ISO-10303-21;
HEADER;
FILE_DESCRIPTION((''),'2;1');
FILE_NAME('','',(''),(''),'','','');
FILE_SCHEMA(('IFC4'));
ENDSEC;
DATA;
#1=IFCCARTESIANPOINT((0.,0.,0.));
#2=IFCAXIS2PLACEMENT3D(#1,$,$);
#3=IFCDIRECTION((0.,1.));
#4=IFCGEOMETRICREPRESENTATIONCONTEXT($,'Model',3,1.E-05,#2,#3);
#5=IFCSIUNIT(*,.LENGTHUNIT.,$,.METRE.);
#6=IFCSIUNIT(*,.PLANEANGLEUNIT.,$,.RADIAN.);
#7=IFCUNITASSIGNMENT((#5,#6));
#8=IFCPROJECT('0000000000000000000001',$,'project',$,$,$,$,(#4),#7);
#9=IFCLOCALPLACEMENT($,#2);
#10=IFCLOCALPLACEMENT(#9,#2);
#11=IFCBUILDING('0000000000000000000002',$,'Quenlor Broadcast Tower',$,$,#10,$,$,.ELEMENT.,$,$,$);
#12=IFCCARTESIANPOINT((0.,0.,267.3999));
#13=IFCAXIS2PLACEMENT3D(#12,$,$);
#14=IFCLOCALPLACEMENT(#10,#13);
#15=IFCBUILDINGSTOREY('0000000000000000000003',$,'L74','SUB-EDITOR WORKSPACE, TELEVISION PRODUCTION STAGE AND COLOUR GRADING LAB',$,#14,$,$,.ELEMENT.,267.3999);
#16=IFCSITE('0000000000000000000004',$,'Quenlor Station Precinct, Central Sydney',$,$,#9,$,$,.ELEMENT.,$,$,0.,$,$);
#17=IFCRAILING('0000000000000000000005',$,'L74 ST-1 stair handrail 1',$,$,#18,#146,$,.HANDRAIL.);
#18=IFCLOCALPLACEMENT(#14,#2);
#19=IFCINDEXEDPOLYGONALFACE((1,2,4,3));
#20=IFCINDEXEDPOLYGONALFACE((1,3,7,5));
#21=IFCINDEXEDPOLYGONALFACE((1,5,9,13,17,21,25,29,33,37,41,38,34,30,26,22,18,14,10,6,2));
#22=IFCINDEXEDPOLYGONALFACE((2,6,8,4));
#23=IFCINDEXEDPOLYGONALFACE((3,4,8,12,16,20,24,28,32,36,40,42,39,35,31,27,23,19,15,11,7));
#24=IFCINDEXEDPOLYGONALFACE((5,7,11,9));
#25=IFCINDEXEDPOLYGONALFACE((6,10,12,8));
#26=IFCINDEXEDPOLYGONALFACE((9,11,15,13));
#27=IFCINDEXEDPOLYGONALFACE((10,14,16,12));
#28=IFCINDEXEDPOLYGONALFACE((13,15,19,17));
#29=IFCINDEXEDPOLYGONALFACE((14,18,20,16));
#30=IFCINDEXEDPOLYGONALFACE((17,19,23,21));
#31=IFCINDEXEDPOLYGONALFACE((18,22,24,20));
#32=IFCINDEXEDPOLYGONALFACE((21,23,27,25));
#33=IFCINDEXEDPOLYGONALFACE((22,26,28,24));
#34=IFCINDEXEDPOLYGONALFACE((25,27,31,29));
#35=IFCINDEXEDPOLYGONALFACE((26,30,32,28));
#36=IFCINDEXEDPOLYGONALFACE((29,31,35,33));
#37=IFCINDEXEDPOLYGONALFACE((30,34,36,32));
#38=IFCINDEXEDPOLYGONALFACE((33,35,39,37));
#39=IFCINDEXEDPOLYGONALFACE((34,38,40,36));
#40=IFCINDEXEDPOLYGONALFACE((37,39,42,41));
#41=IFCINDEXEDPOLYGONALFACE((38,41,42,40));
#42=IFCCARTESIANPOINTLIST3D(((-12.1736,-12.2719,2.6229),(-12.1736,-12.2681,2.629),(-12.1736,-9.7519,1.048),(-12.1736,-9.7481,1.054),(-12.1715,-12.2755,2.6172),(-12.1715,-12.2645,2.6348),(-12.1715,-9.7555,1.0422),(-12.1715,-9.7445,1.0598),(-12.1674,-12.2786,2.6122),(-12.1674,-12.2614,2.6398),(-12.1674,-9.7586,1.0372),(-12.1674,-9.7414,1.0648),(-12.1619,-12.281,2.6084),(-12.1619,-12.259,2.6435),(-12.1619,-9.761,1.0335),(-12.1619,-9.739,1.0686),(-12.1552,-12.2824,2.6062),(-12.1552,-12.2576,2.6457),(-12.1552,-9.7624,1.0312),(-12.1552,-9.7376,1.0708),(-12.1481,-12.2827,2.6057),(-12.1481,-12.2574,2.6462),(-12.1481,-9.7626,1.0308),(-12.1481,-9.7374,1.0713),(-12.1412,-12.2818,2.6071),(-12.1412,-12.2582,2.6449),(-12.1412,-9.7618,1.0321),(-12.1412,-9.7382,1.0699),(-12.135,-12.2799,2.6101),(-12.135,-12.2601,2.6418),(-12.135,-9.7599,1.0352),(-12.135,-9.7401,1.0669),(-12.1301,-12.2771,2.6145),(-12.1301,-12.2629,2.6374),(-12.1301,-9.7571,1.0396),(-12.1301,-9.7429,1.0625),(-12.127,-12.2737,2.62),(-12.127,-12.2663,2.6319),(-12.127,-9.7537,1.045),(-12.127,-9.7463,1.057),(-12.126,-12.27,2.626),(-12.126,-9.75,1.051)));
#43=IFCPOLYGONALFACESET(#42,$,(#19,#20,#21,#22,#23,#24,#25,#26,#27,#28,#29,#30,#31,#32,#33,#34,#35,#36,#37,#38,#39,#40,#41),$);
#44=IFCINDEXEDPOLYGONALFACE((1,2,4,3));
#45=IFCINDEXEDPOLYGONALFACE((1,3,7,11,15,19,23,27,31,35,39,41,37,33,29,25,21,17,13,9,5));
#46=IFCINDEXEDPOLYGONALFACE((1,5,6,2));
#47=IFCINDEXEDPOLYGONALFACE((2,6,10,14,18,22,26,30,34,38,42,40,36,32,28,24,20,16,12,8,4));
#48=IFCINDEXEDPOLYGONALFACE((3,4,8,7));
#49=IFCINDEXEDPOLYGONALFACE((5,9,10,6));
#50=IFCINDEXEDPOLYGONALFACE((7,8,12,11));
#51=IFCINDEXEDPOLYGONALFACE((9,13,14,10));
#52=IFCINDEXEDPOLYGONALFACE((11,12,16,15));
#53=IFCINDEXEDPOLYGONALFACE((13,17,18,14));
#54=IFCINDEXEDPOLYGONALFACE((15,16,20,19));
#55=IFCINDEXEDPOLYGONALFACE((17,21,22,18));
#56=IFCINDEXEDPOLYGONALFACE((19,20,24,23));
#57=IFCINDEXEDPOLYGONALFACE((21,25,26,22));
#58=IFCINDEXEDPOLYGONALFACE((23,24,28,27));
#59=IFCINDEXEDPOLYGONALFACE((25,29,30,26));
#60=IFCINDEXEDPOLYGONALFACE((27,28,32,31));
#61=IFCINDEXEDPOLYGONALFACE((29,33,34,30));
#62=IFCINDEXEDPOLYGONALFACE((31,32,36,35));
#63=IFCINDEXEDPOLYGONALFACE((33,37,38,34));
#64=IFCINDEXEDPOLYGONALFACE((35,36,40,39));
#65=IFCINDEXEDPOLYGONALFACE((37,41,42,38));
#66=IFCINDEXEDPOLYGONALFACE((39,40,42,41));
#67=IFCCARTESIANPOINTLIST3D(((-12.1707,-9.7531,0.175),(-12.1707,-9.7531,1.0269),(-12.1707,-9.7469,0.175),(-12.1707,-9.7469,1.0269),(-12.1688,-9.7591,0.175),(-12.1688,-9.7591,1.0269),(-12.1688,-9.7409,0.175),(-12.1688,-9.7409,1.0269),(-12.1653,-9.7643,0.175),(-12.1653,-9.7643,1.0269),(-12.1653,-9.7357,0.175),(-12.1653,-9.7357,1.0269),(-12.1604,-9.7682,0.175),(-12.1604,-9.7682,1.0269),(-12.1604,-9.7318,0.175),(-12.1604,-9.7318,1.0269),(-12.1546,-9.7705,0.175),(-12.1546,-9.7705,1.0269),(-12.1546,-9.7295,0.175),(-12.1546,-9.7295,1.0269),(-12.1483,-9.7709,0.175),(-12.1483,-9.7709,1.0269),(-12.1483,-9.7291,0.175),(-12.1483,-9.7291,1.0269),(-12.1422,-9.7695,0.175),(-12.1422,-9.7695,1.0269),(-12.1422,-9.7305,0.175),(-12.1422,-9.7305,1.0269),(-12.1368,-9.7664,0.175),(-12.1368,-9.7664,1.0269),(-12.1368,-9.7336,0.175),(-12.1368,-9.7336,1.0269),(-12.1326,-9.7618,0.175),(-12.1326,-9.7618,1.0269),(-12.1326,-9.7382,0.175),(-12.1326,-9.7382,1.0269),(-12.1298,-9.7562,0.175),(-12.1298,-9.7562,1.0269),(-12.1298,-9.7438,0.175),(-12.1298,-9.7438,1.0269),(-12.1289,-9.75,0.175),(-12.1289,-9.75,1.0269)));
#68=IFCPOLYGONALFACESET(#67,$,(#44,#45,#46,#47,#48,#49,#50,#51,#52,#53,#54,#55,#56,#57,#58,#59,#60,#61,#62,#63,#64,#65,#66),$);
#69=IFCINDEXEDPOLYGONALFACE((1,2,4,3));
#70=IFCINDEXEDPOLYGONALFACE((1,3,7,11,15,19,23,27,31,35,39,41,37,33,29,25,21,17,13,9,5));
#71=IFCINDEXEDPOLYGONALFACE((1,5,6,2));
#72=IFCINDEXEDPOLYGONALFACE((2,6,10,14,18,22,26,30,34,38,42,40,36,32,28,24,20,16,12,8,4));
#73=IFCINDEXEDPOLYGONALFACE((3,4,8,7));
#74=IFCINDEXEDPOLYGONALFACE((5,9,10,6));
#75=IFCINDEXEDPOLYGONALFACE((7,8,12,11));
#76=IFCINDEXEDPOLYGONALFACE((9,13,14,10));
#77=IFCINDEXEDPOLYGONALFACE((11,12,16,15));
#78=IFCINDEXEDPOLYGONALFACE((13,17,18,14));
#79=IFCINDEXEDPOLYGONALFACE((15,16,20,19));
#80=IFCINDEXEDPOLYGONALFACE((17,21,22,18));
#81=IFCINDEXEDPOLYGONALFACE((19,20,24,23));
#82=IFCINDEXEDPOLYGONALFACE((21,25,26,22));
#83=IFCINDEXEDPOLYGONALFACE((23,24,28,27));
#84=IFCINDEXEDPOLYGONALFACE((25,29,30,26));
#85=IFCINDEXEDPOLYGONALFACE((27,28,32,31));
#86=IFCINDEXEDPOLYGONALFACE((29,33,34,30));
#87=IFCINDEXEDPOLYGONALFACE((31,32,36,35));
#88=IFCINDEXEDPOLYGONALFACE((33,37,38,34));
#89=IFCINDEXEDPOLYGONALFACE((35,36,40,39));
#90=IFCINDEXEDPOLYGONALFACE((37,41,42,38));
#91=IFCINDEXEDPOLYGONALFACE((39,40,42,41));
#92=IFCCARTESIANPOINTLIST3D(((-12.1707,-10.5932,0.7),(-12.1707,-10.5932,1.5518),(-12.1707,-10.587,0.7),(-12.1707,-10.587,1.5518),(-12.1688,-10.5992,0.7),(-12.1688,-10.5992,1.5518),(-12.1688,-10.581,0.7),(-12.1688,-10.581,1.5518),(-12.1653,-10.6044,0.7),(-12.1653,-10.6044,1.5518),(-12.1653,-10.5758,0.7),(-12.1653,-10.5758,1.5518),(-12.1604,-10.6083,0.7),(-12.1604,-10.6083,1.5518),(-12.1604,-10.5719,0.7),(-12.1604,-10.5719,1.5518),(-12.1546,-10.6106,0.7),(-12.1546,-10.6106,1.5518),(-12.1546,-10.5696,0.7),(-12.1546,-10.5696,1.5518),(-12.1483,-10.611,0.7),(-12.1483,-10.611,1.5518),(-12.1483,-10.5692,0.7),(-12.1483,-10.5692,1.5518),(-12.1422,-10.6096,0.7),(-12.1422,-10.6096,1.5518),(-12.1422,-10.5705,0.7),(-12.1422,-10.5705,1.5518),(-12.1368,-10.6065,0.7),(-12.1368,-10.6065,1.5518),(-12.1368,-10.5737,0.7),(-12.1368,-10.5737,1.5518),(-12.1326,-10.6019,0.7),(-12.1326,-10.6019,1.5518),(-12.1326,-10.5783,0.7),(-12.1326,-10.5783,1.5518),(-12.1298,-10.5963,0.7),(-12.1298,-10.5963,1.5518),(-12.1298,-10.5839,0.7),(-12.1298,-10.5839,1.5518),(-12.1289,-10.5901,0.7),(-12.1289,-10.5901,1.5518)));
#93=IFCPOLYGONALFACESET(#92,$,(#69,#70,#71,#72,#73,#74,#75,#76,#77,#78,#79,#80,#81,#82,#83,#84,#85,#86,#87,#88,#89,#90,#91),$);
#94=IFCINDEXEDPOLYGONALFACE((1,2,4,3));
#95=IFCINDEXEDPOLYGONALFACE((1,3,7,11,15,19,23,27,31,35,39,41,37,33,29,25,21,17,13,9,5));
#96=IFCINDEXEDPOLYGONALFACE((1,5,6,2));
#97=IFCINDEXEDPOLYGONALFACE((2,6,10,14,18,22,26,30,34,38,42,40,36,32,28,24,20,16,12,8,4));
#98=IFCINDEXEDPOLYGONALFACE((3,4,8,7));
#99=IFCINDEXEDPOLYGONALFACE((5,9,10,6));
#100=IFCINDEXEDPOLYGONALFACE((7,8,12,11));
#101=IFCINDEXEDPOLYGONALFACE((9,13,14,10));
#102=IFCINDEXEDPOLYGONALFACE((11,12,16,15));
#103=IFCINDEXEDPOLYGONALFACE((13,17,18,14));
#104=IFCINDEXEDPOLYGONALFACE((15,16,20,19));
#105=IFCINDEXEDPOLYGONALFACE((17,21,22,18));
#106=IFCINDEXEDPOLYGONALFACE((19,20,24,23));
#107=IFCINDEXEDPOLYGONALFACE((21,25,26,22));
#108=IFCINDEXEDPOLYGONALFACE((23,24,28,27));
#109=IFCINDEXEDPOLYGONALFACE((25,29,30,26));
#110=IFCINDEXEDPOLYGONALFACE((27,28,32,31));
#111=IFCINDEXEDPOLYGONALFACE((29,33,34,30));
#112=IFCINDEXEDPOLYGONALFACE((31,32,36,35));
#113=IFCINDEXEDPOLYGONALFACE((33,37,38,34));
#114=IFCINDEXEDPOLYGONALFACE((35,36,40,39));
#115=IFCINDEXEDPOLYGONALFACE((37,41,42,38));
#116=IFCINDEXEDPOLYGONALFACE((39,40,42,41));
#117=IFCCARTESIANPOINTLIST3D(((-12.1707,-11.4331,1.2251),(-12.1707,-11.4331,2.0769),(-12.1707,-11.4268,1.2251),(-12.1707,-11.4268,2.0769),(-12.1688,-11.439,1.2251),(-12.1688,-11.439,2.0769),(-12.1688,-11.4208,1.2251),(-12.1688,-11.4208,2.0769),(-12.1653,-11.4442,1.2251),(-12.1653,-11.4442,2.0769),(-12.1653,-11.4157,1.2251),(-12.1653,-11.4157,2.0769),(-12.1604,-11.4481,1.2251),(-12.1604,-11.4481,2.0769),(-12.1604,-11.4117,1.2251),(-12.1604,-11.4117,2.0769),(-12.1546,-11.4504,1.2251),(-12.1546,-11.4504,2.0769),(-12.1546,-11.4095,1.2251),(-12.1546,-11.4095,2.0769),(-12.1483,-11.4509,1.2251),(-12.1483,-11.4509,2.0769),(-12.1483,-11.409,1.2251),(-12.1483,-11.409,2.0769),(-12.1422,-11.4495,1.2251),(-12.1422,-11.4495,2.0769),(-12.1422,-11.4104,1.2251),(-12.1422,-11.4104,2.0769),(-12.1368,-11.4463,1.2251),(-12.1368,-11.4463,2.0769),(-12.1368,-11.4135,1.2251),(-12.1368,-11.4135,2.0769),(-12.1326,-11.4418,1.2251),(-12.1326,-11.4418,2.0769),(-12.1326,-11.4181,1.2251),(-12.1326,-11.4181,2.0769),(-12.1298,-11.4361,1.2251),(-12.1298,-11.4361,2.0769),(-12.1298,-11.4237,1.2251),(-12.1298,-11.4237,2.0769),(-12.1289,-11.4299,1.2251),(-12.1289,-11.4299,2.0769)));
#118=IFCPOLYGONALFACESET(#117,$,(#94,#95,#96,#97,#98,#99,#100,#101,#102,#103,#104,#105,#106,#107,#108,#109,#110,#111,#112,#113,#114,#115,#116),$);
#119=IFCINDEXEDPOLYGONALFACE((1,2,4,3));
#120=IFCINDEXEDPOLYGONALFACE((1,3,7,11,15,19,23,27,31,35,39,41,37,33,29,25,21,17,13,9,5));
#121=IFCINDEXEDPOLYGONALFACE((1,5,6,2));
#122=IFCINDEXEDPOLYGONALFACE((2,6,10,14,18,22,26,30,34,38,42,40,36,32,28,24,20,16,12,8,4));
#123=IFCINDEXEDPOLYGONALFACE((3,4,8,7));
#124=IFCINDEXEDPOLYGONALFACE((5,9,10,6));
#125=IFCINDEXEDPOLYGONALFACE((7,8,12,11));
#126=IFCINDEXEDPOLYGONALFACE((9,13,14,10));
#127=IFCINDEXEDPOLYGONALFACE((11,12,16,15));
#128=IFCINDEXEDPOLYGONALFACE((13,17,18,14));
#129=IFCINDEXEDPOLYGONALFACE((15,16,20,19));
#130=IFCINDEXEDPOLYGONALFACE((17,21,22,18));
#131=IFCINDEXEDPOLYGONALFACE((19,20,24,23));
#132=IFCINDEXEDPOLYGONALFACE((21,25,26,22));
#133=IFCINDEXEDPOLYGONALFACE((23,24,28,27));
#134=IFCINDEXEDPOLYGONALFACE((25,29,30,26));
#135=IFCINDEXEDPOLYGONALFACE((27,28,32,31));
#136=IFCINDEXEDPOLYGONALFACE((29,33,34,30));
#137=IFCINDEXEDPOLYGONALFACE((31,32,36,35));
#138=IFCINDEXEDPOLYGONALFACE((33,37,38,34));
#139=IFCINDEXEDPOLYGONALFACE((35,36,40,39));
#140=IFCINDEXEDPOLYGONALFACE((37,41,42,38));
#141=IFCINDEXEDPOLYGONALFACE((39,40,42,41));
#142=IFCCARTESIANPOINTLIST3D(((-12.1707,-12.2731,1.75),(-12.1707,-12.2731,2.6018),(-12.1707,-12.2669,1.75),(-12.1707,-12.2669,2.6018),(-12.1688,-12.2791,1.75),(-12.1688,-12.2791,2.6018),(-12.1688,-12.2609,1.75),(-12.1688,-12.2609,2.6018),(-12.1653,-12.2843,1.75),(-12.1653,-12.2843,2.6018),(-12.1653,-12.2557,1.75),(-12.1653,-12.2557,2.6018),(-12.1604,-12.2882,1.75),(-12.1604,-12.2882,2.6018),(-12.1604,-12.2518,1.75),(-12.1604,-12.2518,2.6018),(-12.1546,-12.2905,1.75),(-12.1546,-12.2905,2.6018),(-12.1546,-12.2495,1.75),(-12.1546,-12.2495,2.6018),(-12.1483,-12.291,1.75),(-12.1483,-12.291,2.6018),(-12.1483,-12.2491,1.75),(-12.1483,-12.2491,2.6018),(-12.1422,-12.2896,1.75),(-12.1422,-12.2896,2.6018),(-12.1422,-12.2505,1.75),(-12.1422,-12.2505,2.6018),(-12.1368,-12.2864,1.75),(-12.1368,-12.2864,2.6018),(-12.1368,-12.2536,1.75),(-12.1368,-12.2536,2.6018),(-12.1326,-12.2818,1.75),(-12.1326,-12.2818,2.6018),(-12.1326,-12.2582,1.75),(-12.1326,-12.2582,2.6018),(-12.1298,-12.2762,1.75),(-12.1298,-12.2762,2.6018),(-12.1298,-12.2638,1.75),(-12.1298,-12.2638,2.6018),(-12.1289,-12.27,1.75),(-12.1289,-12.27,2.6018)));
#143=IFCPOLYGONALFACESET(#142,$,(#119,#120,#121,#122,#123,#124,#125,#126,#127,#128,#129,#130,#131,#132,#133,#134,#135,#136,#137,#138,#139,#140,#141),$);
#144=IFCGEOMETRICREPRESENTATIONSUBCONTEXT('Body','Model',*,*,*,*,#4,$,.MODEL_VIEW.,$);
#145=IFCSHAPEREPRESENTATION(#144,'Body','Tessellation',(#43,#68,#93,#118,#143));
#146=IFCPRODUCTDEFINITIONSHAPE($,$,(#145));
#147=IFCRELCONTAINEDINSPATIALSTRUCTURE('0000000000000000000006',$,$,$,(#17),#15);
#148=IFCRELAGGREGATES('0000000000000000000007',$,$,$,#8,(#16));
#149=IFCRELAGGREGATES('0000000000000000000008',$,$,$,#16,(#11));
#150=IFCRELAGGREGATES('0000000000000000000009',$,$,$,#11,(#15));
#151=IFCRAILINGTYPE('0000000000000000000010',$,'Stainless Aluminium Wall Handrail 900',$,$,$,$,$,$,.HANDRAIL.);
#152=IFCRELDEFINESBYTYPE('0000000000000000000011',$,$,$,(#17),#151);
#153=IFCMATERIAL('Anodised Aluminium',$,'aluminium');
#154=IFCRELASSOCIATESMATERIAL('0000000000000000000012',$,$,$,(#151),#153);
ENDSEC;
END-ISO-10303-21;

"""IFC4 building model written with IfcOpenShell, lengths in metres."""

from ifc_helpers import new_model, si_unit, direction, frame, origin, origin_2d, place, context, subcontext, project, spatial, circle, extrude, material, type_object, element, save


model = new_model("IFC4")

# Units and contexts
model_context = context("Model", 3, precision=1e-05, world=origin(), true_north=direction((0.0, 1.0)))
body_context = subcontext(model_context, "Body", "Model", "MODEL_VIEW")
ifc_project = project(units=[si_unit("LENGTHUNIT", "METRE"), si_unit("PLANEANGLEUNIT", "RADIAN")], contexts=[model_context])

# Site, building, storey
site_placement = place(None, origin())
site = spatial("IfcSite", under=ifc_project, at=site_placement, Name="Quenlor Station Precinct, Central Sydney", CompositionType="ELEMENT", RefElevation=0.0)
building_placement = place(site_placement, origin())
building = spatial("IfcBuilding", under=site, at=building_placement, Name="Quenlor Broadcast Tower", CompositionType="ELEMENT")
storey_placement = place(building_placement, frame((0.0, 0.0, 267.3999)))
storey = spatial("IfcBuildingStorey", under=building, at=storey_placement, Name="L74", Description="SUB-EDITOR WORKSPACE, TELEVISION PRODUCTION STAGE AND COLOUR GRADING LAB", CompositionType="ELEMENT", Elevation=267.3999)

# Railing
ifc_material_1 = material(Name="Anodised Aluminium", Category="aluminium")
railing_type_1 = type_object("IfcRailingType", Name="Stainless Aluminium Wall Handrail 900", PredefinedType="HANDRAIL", material=ifc_material_1)
railing_1_placement = place(storey_placement, frame((-12.1499, -9.75, 0.175)))
element("IfcRailing", 1, at=railing_1_placement, inside=storey, type_object=railing_type_1, Name="L74 ST-1 stair handrail 1", PredefinedType="HANDRAIL", context=body_context, shape_type="SweptSolid", body=[
    extrude(circle(Radius=0.0239, at=origin_2d()), frame((0.0, 0.0, 0.876), z_axis=(0.0, -0.848008, 0.529984), x_axis=(1.0, 0.0, 0.0)), (0.0, 0.0, 1.0), 2.9717),
    extrude(circle(Radius=0.021, at=origin_2d()), origin(), (0.0, 0.0, 1.0), 0.8518),
    extrude(circle(Radius=0.021, at=origin_2d()), frame((0.0, -0.8401, 0.5249)), (0.0, 0.0, 1.0), 0.8518),
    extrude(circle(Radius=0.021, at=origin_2d()), frame((0.0, -1.6799, 1.05)), (0.0, 0.0, 1.0), 0.8518),
    extrude(circle(Radius=0.021, at=origin_2d()), frame((0.0, -2.52, 1.575)), (0.0, 0.0, 1.0), 0.8518),
])

save(model, "model.ifc")
